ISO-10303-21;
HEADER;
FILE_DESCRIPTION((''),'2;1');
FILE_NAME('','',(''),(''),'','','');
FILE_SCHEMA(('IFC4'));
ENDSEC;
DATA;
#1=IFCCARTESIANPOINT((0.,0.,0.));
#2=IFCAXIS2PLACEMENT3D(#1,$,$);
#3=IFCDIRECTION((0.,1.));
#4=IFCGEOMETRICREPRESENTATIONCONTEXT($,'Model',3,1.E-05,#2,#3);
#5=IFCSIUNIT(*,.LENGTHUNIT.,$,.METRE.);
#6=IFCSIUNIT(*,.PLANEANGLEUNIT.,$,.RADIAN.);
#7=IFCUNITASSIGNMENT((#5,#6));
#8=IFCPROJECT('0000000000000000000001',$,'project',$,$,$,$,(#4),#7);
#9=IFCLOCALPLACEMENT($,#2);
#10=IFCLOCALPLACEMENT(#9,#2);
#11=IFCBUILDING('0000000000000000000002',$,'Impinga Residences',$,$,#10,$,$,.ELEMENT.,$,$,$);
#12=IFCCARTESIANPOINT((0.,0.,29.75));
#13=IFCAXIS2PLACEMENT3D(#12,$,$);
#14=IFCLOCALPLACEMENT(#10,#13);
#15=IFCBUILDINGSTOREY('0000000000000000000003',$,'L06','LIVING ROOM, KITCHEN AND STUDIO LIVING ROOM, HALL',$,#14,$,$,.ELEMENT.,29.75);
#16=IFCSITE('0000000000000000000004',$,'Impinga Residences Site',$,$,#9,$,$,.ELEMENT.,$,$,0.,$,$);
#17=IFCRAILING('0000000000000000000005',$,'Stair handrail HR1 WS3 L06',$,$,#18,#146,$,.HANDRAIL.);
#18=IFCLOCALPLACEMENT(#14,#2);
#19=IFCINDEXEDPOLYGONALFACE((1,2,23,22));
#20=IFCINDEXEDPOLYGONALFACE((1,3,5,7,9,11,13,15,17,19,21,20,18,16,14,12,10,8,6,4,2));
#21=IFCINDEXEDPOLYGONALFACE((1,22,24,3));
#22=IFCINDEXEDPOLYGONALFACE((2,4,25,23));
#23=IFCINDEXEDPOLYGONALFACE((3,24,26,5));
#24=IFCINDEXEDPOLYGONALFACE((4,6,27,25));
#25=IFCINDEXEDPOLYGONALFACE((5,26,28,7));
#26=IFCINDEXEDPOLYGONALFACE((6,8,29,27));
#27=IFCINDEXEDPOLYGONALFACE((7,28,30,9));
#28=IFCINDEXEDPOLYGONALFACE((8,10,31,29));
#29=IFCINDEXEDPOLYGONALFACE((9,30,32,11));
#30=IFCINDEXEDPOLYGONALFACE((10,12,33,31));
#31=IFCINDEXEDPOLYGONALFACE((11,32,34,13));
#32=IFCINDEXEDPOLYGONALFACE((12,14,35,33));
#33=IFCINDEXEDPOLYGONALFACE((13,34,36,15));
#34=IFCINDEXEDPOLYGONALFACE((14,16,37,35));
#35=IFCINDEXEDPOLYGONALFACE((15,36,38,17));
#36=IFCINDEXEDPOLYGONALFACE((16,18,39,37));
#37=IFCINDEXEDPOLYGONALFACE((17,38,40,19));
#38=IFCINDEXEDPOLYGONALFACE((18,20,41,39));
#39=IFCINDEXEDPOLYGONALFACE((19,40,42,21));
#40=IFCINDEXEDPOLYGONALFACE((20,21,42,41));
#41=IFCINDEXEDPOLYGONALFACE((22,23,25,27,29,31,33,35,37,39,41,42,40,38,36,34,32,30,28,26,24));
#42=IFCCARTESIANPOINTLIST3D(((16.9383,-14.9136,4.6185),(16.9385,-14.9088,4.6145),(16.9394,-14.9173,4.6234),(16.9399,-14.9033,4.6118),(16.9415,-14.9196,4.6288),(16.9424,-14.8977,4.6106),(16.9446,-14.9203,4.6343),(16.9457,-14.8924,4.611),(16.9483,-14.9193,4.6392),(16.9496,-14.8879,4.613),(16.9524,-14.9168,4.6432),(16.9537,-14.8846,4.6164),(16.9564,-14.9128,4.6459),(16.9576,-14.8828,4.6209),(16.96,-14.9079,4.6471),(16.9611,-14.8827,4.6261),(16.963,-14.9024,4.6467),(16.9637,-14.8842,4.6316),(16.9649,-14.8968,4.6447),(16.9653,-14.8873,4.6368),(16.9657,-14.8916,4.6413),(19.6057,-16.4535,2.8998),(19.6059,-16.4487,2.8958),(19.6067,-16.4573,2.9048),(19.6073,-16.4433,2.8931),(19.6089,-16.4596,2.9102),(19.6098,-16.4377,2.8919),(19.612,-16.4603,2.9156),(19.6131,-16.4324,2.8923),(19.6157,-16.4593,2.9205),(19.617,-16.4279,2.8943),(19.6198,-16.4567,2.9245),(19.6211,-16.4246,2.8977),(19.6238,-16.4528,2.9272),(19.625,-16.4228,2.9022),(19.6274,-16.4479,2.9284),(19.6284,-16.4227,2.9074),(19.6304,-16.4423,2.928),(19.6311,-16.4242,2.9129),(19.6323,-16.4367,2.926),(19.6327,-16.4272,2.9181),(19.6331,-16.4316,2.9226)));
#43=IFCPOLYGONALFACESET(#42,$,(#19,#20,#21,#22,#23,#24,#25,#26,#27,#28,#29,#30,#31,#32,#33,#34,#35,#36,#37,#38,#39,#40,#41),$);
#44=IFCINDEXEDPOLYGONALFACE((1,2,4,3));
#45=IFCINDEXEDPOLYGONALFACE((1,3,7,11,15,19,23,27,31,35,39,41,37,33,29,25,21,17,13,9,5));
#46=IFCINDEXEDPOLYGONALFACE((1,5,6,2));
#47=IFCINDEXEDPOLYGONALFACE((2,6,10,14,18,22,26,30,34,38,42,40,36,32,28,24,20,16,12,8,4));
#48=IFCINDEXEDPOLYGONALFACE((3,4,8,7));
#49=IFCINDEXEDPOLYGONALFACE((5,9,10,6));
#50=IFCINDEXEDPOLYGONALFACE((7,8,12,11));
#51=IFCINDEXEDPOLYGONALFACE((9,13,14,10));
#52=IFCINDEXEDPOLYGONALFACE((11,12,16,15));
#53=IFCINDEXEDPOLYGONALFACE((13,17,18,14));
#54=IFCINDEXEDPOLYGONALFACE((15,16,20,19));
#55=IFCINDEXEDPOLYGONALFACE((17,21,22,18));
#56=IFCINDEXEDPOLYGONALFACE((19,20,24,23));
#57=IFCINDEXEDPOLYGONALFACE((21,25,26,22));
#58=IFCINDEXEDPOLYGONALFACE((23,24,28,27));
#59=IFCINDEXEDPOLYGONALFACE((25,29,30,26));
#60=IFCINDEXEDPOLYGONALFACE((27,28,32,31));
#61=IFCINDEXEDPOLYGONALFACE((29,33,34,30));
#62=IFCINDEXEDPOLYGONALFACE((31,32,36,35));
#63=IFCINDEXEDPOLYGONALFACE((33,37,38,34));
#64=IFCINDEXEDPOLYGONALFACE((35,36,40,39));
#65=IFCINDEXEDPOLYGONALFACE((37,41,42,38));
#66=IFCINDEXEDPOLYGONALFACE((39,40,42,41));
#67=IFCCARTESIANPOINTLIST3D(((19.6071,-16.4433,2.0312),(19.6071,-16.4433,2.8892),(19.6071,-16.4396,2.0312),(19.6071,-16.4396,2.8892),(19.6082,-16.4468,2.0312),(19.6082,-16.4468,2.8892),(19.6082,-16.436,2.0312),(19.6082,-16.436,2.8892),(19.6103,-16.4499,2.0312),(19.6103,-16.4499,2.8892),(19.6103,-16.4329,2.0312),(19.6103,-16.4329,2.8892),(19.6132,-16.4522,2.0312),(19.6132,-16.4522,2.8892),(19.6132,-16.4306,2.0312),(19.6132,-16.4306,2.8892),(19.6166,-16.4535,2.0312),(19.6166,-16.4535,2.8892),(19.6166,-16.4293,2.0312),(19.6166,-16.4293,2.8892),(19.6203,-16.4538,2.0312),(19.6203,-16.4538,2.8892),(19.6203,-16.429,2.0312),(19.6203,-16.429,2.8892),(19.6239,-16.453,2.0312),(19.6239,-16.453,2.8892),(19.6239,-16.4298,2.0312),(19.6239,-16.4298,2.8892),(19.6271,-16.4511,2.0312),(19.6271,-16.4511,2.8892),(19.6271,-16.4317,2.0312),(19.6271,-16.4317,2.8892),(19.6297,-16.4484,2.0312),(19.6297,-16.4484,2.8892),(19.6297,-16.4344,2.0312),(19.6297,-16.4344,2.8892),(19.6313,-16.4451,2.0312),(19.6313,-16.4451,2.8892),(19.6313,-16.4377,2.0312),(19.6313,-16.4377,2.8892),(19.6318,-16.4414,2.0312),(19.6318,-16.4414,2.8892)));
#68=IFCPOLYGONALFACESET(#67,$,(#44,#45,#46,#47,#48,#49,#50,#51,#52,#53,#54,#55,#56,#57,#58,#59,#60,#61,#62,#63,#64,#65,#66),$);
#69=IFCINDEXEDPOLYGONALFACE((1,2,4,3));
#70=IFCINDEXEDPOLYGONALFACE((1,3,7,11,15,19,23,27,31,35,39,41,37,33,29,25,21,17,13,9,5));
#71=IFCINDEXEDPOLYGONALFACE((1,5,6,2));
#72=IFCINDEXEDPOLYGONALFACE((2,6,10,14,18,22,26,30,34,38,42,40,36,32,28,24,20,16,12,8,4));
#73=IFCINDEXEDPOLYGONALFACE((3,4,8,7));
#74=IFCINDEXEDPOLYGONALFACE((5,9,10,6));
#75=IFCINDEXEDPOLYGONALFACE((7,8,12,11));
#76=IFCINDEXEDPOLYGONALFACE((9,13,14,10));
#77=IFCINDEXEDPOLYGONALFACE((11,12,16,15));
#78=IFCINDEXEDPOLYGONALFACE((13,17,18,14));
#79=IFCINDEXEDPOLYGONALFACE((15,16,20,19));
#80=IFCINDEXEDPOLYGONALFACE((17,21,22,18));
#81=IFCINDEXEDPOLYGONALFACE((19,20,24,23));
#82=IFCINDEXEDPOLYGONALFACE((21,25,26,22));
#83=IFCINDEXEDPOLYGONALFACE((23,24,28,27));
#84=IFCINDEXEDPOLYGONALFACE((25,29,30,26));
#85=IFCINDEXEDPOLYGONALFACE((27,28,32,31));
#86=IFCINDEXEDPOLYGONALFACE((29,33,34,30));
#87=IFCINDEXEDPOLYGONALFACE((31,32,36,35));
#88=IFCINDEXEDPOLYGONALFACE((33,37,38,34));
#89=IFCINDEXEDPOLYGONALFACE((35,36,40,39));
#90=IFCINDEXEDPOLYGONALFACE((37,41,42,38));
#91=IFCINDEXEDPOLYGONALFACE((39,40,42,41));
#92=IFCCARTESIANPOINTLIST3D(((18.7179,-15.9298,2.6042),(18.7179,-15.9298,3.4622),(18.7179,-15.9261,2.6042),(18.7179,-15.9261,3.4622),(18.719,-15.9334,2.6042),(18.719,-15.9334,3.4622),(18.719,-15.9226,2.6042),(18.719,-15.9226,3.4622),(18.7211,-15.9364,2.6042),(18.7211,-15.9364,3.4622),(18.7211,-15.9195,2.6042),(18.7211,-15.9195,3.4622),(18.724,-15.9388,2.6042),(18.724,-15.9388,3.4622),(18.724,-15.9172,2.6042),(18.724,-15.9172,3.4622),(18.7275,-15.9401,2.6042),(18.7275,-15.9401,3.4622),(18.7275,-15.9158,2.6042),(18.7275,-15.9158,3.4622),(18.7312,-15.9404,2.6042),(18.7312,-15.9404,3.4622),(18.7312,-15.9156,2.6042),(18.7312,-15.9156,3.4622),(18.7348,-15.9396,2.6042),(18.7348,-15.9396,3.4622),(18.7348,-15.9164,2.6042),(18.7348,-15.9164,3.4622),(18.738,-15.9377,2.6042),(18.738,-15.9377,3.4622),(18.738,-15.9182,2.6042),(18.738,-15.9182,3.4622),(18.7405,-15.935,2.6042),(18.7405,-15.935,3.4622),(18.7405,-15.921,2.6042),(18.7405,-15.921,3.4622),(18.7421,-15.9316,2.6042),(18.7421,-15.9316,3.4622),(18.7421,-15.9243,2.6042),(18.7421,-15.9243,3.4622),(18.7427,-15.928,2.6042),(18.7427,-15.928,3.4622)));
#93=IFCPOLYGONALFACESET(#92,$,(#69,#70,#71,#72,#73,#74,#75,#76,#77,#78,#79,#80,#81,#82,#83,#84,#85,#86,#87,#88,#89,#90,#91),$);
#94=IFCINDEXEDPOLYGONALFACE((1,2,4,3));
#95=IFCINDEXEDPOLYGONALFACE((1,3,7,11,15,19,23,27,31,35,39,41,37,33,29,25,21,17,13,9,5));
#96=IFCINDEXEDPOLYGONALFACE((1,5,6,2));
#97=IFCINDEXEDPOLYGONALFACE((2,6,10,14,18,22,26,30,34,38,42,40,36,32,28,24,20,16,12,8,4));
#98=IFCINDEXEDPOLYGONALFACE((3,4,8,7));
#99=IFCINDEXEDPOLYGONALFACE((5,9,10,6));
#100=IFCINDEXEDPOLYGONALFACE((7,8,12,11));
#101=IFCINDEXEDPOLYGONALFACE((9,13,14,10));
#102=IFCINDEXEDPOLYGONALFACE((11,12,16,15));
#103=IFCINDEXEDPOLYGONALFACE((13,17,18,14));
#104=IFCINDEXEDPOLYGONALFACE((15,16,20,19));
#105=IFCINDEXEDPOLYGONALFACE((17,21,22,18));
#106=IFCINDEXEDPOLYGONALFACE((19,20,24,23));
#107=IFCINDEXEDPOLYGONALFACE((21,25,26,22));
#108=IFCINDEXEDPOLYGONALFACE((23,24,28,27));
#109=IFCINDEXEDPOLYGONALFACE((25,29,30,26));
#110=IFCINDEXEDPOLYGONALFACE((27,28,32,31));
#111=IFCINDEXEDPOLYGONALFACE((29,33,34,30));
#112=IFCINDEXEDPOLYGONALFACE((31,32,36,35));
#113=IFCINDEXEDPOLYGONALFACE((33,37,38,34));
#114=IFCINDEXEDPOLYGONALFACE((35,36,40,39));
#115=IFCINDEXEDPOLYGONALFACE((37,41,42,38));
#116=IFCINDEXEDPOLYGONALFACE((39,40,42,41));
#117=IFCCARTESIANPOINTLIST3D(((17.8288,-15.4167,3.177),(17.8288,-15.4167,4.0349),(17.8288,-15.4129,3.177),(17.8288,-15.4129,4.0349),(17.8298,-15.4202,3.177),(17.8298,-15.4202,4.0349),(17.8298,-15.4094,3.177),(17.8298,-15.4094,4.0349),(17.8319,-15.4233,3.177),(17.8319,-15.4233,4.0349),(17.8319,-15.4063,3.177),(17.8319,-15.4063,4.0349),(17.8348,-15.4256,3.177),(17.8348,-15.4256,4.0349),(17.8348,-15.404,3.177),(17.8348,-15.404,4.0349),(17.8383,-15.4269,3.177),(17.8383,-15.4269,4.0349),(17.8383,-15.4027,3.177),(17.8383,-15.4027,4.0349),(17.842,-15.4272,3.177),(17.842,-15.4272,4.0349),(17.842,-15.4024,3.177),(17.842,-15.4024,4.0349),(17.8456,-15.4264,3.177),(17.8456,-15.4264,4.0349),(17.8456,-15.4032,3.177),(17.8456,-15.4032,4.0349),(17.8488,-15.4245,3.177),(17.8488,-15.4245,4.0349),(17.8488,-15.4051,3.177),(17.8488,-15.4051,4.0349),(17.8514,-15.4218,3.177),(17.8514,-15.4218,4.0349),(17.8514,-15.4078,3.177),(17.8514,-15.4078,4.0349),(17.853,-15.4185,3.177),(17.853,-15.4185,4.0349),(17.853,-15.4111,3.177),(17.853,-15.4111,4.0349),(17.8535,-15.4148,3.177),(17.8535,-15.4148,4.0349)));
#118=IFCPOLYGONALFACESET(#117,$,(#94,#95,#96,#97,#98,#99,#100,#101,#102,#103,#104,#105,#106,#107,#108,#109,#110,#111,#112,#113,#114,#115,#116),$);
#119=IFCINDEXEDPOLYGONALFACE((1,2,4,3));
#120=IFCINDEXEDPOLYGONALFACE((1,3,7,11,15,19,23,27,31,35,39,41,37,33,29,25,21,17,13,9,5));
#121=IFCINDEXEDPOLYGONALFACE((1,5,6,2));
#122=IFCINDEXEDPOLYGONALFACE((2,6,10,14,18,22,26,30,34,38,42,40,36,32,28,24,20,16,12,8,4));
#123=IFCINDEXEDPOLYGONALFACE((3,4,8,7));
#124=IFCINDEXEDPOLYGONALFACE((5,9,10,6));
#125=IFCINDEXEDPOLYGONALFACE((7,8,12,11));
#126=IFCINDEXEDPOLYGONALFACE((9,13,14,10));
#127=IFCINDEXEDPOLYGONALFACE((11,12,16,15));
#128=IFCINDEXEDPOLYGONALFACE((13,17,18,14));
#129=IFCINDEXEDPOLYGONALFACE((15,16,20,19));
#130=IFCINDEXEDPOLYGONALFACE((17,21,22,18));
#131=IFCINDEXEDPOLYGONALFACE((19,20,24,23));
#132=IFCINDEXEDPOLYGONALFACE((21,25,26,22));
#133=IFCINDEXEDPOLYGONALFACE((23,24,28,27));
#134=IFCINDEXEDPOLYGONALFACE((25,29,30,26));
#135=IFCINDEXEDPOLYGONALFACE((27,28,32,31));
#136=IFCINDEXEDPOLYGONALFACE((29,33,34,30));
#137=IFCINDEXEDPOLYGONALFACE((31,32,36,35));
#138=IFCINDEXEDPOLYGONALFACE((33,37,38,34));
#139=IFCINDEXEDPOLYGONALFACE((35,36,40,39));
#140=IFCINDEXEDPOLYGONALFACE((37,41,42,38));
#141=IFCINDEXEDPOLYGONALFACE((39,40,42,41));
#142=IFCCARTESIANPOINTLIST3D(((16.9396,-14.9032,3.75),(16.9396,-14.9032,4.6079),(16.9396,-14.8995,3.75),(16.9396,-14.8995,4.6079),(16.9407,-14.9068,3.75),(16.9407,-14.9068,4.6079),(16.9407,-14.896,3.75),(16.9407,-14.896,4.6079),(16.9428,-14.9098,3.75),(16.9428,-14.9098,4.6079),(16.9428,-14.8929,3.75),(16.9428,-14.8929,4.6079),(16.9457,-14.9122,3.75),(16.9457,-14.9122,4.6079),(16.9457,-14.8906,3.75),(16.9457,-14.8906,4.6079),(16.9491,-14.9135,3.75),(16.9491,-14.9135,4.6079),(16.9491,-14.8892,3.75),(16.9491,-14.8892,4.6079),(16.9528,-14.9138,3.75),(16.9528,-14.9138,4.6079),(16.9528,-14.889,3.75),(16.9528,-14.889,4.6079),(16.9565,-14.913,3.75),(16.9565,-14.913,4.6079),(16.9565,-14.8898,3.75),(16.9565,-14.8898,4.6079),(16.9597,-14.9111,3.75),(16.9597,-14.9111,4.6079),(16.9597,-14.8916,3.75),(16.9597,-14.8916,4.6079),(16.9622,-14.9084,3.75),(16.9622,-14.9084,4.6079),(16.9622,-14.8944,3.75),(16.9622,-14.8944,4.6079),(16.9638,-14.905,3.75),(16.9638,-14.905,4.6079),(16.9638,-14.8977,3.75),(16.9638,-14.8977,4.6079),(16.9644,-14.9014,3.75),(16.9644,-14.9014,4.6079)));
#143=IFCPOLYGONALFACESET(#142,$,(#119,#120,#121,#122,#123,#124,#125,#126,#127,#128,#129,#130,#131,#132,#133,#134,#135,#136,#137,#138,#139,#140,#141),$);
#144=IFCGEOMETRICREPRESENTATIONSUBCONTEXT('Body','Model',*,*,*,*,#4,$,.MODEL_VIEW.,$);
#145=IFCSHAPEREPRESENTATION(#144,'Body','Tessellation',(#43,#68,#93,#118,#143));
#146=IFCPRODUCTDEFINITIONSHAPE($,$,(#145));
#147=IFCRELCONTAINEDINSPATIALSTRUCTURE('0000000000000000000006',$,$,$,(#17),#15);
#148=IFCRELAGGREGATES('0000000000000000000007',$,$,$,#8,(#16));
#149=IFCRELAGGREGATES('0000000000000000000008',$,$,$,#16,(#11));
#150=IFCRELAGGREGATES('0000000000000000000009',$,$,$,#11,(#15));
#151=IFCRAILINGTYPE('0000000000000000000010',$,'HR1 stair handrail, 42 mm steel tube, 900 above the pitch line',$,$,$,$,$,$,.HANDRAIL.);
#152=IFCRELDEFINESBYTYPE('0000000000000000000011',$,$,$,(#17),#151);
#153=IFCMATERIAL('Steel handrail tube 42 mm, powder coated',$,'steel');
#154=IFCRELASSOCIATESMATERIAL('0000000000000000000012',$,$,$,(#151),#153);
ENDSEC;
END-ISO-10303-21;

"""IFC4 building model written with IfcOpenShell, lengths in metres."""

from ifc_helpers import new_model, si_unit, direction, frame, origin, origin_2d, place, context, subcontext, project, spatial, circle, extrude, material, type_object, element, save


model = new_model("IFC4")

# Units and contexts
model_context = context("Model", 3, precision=1e-05, world=origin(), true_north=direction((0.0, 1.0)))
body_context = subcontext(model_context, "Body", "Model", "MODEL_VIEW")
ifc_project = project(units=[si_unit("LENGTHUNIT", "METRE"), si_unit("PLANEANGLEUNIT", "RADIAN")], contexts=[model_context])

# Site, building, storey
site_placement = place(None, origin())
site = spatial("IfcSite", under=ifc_project, at=site_placement, Name="Impinga Residences Site", CompositionType="ELEMENT", RefElevation=0.0)
building_placement = place(site_placement, origin())
building = spatial("IfcBuilding", under=site, at=building_placement, Name="Impinga Residences", CompositionType="ELEMENT")
storey_placement = place(building_placement, frame((0.0, 0.0, 29.75)))
storey = spatial("IfcBuildingStorey", under=building, at=storey_placement, Name="L06", Description="LIVING ROOM, KITCHEN AND STUDIO LIVING ROOM, HALL", CompositionType="ELEMENT", Elevation=29.75)

# Railing
ifc_material_1 = material(Name="Steel handrail tube 42 mm, powder coated", Category="steel")
railing_type_1 = type_object("IfcRailingType", Name="HR1 stair handrail, 42 mm steel tube, 900 above the pitch line", PredefinedType="HANDRAIL", material=ifc_material_1)
railing_1_placement = place(storey_placement, frame((19.6194, -16.4414, 2.0312)))
element("IfcRailing", 1, at=railing_1_placement, inside=storey, type_object=railing_type_1, Name="Stair handrail HR1 WS3 L06", PredefinedType="HANDRAIL", context=body_context, shape_type="SweptSolid", body=[
    extrude(circle(Radius=0.021, at=origin_2d()), frame((0.0, 0.0, 0.8789), z_axis=(-0.756256, 0.436616, 0.487282), x_axis=(-0.499992, -0.86603, 0.0)), (0.0, 0.0, 1.0), 3.5271),
    extrude(circle(Radius=0.0125, at=origin_2d()), origin(), (0.0, 0.0, 1.0), 0.8579),
    extrude(circle(Radius=0.0125, at=origin_2d()), frame((-0.8892, 0.5134, 0.573)), (0.0, 0.0, 1.0), 0.8579),
    extrude(circle(Radius=0.0125, at=origin_2d()), frame((-1.7783, 1.0266, 1.1458)), (0.0, 0.0, 1.0), 0.8579),
    extrude(circle(Radius=0.0125, at=origin_2d()), frame((-2.6675, 1.54, 1.7188)), (0.0, 0.0, 1.0), 0.8579),
])

save(model, "model.ifc")
